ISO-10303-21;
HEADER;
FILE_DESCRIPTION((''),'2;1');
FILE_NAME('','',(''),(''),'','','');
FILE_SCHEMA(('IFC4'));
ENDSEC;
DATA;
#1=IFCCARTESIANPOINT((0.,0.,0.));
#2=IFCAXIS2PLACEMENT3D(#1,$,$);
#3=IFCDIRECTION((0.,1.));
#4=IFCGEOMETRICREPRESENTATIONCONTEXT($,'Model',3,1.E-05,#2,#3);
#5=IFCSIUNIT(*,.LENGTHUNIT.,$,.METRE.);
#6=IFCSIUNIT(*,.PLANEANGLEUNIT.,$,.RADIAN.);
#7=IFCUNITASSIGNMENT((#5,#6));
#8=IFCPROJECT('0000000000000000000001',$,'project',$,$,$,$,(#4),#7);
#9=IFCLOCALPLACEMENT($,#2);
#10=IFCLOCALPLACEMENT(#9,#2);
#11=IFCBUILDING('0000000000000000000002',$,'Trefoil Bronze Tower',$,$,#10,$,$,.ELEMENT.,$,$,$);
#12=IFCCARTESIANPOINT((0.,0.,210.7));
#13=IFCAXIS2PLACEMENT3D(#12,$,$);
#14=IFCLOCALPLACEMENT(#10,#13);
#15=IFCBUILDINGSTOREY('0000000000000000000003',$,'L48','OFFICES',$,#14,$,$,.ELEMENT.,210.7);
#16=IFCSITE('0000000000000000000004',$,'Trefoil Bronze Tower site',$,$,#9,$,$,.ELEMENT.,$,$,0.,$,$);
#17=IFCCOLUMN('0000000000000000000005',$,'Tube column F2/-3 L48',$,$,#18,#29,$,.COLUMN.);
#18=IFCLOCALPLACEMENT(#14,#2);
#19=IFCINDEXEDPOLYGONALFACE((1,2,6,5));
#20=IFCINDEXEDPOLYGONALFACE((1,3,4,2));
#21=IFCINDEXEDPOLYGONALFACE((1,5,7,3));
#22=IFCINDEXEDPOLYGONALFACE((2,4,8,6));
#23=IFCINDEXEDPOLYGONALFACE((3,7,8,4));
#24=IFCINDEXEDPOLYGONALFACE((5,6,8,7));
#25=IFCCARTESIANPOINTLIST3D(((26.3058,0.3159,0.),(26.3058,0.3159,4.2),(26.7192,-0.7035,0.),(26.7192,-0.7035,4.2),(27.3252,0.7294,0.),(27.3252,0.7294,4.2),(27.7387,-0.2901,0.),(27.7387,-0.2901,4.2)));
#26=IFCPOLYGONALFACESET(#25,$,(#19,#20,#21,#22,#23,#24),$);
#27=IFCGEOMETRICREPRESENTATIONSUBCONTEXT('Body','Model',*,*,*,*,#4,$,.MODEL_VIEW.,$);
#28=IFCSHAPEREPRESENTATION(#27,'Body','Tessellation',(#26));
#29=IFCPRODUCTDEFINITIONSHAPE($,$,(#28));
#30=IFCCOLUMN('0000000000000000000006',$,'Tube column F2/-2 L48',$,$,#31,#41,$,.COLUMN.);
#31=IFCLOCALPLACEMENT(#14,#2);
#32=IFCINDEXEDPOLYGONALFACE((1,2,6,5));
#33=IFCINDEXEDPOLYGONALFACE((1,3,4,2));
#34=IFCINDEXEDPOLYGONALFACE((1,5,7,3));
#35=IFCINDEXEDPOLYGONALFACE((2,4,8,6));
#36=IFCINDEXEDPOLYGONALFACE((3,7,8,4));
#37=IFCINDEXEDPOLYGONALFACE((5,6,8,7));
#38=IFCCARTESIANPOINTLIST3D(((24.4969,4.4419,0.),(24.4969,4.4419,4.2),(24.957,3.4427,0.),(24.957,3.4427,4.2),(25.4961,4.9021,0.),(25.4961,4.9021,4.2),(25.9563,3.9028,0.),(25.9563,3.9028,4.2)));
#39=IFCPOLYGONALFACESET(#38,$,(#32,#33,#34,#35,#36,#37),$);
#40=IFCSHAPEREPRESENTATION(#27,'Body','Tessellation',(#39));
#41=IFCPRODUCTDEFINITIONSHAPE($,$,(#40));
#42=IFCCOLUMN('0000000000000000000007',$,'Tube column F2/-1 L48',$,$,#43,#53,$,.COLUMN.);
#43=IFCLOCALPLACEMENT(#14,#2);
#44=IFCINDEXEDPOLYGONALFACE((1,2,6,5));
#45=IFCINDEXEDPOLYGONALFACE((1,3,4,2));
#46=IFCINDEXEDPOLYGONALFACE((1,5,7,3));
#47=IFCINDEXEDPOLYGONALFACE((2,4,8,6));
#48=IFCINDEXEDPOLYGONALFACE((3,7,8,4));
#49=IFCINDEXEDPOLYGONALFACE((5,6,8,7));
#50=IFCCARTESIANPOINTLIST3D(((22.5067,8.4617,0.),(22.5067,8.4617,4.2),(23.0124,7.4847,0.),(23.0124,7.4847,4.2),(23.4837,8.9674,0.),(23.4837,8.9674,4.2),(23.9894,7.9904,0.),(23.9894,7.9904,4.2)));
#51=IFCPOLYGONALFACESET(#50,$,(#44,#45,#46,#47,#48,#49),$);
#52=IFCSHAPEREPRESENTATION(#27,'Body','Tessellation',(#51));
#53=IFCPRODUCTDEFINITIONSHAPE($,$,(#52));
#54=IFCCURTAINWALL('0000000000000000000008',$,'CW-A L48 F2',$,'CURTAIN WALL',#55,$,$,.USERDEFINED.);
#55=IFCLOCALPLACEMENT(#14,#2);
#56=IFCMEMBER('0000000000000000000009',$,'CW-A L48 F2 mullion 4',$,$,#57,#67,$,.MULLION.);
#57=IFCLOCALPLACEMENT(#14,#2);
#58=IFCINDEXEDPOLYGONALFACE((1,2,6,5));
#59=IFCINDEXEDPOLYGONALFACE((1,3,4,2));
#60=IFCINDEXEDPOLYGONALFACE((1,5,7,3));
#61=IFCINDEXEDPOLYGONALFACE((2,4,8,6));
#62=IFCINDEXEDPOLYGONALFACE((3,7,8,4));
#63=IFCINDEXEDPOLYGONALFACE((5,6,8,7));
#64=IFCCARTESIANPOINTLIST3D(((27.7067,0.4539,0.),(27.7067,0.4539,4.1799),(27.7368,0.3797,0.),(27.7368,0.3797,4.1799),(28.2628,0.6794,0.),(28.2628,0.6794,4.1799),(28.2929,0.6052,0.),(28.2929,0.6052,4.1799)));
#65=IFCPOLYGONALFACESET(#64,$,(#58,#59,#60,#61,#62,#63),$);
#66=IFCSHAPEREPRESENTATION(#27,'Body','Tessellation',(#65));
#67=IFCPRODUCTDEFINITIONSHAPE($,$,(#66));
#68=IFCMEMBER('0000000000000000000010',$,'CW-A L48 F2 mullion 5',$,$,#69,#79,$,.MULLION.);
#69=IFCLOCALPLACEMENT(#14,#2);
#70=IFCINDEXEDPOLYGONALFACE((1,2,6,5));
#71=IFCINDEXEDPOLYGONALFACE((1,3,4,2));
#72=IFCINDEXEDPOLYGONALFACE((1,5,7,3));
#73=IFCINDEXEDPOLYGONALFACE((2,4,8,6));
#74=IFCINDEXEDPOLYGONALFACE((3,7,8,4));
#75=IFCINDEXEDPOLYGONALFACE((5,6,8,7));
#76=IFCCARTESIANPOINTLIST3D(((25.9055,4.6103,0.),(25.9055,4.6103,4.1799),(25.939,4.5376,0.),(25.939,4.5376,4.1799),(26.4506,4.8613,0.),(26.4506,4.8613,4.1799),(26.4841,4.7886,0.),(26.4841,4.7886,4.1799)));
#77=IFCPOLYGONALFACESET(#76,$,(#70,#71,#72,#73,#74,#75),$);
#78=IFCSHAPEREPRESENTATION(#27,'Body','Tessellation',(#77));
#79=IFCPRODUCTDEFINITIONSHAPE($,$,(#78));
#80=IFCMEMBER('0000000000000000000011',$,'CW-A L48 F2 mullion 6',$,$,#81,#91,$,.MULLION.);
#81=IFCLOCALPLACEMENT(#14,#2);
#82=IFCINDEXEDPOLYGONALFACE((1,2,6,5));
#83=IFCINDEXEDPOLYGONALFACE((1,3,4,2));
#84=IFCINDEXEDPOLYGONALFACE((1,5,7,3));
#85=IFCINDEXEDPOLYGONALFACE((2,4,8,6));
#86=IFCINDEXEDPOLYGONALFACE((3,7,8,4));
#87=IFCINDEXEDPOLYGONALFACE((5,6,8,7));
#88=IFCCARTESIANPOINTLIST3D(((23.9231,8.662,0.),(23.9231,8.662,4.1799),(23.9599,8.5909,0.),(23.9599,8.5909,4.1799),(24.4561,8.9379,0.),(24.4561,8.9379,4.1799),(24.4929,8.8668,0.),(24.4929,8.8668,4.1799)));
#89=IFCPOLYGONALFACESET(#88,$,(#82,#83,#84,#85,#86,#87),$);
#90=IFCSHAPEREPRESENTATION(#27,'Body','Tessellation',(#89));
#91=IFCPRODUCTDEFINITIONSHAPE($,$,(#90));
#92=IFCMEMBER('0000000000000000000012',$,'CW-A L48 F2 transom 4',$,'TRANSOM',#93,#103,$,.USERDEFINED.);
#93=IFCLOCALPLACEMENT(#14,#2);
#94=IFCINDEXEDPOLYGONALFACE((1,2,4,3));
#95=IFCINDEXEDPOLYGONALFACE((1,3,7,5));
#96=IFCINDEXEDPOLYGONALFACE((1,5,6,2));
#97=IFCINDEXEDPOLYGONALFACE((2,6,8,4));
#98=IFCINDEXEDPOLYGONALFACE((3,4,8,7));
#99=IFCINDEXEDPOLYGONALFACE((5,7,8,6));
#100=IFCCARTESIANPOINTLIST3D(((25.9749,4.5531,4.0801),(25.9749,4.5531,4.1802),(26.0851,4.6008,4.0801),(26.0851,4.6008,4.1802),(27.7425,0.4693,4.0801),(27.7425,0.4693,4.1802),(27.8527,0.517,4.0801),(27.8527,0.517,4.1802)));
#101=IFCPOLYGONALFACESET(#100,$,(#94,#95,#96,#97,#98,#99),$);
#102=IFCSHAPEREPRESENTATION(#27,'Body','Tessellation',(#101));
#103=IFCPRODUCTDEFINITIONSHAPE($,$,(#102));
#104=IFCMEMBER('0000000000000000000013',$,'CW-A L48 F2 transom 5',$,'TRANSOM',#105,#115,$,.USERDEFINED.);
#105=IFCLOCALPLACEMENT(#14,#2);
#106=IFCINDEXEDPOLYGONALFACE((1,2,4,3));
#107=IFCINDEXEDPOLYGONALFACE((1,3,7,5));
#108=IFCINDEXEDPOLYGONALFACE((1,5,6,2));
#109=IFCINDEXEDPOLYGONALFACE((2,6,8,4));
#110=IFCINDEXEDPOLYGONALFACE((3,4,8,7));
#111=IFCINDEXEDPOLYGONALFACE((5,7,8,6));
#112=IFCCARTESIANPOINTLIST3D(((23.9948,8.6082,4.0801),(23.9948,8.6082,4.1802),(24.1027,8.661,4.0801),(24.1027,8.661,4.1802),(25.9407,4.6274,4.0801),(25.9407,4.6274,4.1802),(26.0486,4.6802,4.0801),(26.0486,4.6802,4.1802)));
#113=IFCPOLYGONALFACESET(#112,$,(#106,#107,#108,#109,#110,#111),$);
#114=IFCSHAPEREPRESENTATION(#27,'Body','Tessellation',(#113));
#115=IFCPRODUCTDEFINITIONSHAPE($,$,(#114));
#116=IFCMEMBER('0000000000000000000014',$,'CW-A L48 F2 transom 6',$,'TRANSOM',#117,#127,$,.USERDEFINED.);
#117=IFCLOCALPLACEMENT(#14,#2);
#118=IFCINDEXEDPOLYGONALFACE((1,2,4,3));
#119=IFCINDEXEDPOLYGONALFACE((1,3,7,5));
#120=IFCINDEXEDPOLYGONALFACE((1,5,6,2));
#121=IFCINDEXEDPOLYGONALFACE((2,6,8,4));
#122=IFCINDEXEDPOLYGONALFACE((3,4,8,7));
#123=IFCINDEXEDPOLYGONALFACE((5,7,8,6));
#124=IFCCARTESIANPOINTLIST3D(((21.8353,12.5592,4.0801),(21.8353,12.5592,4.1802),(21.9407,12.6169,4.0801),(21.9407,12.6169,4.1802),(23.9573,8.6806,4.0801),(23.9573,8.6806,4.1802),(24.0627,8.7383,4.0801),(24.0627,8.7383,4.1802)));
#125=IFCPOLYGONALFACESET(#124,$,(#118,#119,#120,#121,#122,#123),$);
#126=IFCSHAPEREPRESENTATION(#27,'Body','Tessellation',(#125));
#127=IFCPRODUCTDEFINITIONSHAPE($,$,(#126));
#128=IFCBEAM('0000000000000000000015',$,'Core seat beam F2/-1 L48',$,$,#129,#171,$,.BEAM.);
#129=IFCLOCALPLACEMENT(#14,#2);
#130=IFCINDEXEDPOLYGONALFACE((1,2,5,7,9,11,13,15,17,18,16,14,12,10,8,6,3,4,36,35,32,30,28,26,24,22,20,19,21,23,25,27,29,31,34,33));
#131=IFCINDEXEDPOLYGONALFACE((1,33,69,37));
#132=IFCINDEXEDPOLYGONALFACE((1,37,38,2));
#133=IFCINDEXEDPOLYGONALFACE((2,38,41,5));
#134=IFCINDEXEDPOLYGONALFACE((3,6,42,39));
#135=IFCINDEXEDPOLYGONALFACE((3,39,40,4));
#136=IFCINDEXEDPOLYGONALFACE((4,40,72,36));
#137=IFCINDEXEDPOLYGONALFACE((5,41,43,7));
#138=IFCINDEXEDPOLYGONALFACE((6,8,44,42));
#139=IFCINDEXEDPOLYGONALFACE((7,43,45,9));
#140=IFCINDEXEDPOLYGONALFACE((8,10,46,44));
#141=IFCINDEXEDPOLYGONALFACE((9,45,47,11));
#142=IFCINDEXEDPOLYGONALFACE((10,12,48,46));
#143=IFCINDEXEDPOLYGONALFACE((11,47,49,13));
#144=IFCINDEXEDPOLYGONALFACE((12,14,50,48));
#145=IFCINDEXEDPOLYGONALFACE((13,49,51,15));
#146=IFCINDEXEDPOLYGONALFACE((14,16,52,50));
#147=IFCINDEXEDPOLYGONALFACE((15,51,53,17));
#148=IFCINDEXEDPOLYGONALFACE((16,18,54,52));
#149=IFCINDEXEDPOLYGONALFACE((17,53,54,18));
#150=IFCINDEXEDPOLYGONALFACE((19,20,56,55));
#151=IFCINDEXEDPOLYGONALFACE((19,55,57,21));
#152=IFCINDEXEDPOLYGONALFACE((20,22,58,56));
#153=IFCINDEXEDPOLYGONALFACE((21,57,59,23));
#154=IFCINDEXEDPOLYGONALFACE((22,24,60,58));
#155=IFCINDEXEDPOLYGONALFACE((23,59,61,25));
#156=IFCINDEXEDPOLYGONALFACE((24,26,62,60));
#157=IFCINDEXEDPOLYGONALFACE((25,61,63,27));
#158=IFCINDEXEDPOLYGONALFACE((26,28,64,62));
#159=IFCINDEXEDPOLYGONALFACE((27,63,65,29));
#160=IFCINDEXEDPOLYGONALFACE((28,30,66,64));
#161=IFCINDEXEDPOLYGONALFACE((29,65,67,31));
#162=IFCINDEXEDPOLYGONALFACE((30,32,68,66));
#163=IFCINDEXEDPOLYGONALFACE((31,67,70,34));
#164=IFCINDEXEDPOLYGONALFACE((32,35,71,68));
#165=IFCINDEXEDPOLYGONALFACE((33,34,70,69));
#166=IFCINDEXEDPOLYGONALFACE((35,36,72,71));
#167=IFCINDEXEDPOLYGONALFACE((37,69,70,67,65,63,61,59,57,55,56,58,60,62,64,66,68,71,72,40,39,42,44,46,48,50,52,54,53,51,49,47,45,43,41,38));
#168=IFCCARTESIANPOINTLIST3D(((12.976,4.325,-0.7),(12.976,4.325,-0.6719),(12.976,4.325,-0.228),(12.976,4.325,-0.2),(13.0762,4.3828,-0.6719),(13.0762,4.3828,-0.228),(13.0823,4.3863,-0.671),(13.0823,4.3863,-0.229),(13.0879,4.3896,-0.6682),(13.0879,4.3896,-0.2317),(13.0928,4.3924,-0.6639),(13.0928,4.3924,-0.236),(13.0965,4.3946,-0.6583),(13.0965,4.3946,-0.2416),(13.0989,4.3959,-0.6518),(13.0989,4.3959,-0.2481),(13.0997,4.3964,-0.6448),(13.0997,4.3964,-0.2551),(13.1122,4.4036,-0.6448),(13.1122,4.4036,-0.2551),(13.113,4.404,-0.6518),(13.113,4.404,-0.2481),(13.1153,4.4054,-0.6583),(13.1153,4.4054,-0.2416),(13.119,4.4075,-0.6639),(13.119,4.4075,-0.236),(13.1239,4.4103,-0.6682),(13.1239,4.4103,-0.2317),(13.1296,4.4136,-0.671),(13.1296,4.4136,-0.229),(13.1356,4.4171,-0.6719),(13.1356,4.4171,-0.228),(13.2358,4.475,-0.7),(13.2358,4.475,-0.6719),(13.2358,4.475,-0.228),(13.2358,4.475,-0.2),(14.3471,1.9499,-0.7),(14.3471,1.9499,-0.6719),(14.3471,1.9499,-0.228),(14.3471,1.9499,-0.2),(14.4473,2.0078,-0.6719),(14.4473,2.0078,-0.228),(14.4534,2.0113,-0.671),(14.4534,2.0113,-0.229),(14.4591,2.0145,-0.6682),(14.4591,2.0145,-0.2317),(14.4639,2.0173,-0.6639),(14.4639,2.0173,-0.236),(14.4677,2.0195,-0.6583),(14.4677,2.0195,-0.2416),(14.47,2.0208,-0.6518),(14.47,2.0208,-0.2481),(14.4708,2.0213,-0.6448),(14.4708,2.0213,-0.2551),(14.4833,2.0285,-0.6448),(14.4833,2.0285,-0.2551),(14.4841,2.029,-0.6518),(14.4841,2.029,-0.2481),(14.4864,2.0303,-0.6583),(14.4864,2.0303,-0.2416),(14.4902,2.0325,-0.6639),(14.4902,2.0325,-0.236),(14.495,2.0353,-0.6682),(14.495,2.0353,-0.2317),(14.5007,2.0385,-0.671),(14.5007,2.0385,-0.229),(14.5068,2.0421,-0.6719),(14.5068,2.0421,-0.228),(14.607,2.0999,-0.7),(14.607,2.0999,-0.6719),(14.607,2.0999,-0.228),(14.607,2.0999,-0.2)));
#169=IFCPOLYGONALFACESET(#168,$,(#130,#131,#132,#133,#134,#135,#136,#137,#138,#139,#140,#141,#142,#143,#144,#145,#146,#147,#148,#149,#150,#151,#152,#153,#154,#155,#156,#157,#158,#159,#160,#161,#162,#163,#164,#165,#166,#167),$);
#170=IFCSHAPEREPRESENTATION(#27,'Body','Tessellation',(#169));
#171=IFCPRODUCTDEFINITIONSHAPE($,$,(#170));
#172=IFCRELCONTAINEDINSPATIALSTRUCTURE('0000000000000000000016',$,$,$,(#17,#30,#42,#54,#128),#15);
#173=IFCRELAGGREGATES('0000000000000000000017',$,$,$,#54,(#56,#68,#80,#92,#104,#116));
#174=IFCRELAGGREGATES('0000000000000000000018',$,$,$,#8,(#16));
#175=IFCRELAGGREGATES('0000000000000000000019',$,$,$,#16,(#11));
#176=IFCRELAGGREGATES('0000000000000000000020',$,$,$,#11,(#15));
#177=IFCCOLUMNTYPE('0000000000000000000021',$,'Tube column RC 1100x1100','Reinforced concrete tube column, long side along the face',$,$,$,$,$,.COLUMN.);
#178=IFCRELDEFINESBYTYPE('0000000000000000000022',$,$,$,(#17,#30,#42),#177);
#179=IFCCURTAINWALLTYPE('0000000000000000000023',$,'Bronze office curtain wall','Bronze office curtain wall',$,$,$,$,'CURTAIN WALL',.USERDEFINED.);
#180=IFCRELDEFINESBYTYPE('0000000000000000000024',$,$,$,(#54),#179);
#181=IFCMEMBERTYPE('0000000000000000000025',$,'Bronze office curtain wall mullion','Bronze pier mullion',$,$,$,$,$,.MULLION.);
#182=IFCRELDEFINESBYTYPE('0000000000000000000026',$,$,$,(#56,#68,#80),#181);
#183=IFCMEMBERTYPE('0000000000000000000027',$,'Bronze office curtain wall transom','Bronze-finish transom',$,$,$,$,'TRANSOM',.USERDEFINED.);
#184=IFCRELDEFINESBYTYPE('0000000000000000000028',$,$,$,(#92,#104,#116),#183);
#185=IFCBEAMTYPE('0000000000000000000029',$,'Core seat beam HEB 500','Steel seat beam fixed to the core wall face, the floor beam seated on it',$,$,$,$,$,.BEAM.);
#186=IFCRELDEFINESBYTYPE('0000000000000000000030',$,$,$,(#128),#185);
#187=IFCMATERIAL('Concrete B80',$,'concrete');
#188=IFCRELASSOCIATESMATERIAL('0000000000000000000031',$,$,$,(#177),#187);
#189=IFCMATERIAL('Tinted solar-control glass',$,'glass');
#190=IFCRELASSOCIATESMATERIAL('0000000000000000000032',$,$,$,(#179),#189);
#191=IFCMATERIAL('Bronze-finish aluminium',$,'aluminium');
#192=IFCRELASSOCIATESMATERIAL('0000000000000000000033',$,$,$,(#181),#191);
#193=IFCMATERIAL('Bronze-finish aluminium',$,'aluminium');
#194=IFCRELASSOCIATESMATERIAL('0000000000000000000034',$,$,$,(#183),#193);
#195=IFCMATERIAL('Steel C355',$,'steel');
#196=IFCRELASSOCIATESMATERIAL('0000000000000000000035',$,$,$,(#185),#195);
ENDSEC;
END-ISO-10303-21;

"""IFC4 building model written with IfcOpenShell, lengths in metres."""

from ifc_helpers import new_model, si_unit, direction, frame, origin, origin_2d, place, context, subcontext, project, spatial, rectangle, i_section, extrude, material, material_profile, profile_set, type_object, element, aggregate, save


model = new_model("IFC4")

# Units and contexts
model_context = context("Model", 3, precision=1e-05, world=origin(), true_north=direction((0.0, 1.0)))
body_context = subcontext(model_context, "Body", "Model", "MODEL_VIEW")
ifc_project = project(units=[si_unit("LENGTHUNIT", "METRE"), si_unit("PLANEANGLEUNIT", "RADIAN")], contexts=[model_context])

# Site, building, storey
site_placement = place(None, origin())
site = spatial("IfcSite", under=ifc_project, at=site_placement, Name="Trefoil Bronze Tower site", CompositionType="ELEMENT", RefElevation=0.0)
building_placement = place(site_placement, origin())
building = spatial("IfcBuilding", under=site, at=building_placement, Name="Trefoil Bronze Tower", CompositionType="ELEMENT")
storey_placement = place(building_placement, frame((0.0, 0.0, 210.7)))
storey = spatial("IfcBuildingStorey", under=building, at=storey_placement, Name="L48", Description="OFFICES", CompositionType="ELEMENT", Elevation=210.7)

# Columns
ifc_material_1 = material(Name="Concrete B80", Category="concrete")
ifc_material_profile_1 = material_profile(ifc_material_1, rectangle(XDim=1.1001, YDim=1.1001, at=origin_2d()), Name="RC 1100x1100")
ifc_profile_set_1 = profile_set([ifc_material_profile_1], Name="Concrete B80")
column_type = type_object("IfcColumnType", Name="Tube column RC 1100x1100", Description="Reinforced concrete tube column, long side along the face", PredefinedType="COLUMN", material=ifc_profile_set_1)
for number, where, z_axis, x_axis, name in (
    (1, (27.0222, 0.0129, 0.0), (0.0, 0.0, 1.0), (-0.375828, 0.926689, 0.0), "Tube column F2/-3 L48"),
    (2, (25.2266, 4.1724, 0.0), (0.0, 0.0, 1.0), (-0.418286, 0.908315, 0.0), "Tube column F2/-2 L48"),
    (3, (23.248, 8.2261, 0.0), (0.0, 0.0, 1.0), (-0.459673, 0.888088, 0.0), "Tube column F2/-1 L48"),
):
    element("IfcColumn", number, at=place(storey_placement, frame(where, z_axis=z_axis, x_axis=x_axis)), inside=storey, type_object=column_type, Name=name, PredefinedType="COLUMN", context=body_context, shape_type="SweptSolid", body=[
        extrude(rectangle(XDim=1.1001, YDim=1.1001, at=origin_2d()), origin(), (0.0, 0.0, 1.0), 4.2),
    ])

# Curtain wall, members
ifc_material_2 = material(Name="Tinted solar-control glass", Category="glass")
curtain_wall_type = type_object("IfcCurtainWallType", Name="Bronze office curtain wall", Description="Bronze office curtain wall", ElementType="CURTAIN WALL", PredefinedType="USERDEFINED", material=ifc_material_2)
curtain_wall_placement = place(storey_placement, origin())
curtain_wall = element("IfcCurtainWall", 4, at=curtain_wall_placement, inside=storey, type_object=curtain_wall_type, Name="CW-A L48 F2", ObjectType="CURTAIN WALL", PredefinedType="USERDEFINED")
ifc_material_3 = material(Name="Bronze-finish aluminium", Category="aluminium")
ifc_material_profile_2 = material_profile(ifc_material_3, rectangle(XDim=0.6001, YDim=0.0801, at=origin_2d()), Name="CW-A mullion")
ifc_profile_set_2 = profile_set([ifc_material_profile_2], Name="Bronze-finish aluminium")
member_type_1 = type_object("IfcMemberType", Name="Bronze office curtain wall mullion", Description="Bronze pier mullion", PredefinedType="MULLION", material=ifc_profile_set_2)
member_1_placement = place(storey_placement, frame((27.9998, 0.5295, 0.0), z_axis=(0.0, 0.0, 1.0), x_axis=(-0.926689, -0.375828, 0.0)))
member_1 = element("IfcMember", 5, at=member_1_placement, type_object=member_type_1, Name="CW-A L48 F2 mullion 4", PredefinedType="MULLION", context=body_context, shape_type="SweptSolid", body=[
    extrude(rectangle(XDim=0.6001, YDim=0.0801, at=origin_2d()), origin(), (0.0, 0.0, 1.0), 4.1799),
])
member_2_placement = place(storey_placement, frame((26.1948, 4.6995, 0.0), z_axis=(0.0, 0.0, 1.0), x_axis=(-0.908315, -0.418286, 0.0)))
member_2 = element("IfcMember", 6, at=member_2_placement, type_object=member_type_1, Name="CW-A L48 F2 mullion 5", PredefinedType="MULLION", context=body_context, shape_type="SweptSolid", body=[
    extrude(rectangle(XDim=0.6001, YDim=0.0801, at=origin_2d()), origin(), (0.0, 0.0, 1.0), 4.1799),
])
member_3_placement = place(storey_placement, frame((24.208, 8.7644, 0.0), z_axis=(0.0, 0.0, 1.0), x_axis=(-0.888088, -0.459673, 0.0)))
member_3 = element("IfcMember", 7, at=member_3_placement, type_object=member_type_1, Name="CW-A L48 F2 mullion 6", PredefinedType="MULLION", context=body_context, shape_type="SweptSolid", body=[
    extrude(rectangle(XDim=0.6001, YDim=0.0801, at=origin_2d()), origin(), (0.0, 0.0, 1.0), 4.1799),
])
ifc_material_4 = material(Name="Bronze-finish aluminium", Category="aluminium")
ifc_material_profile_3 = material_profile(ifc_material_4, rectangle(XDim=0.1201, YDim=0.1001, at=origin_2d()), Name="CW-A transom")
ifc_profile_set_3 = profile_set([ifc_material_profile_3], Name="Bronze-finish aluminium")
member_type_2 = type_object("IfcMemberType", Name="Bronze office curtain wall transom", Description="Bronze-finish transom", ElementType="TRANSOM", PredefinedType="USERDEFINED", material=ifc_profile_set_3)
member_4_placement = place(storey_placement, frame((27.7976, 0.4932, 4.1301), z_axis=(-0.397221, 0.917723, 0.0), x_axis=(-0.917723, -0.397221, 0.0)))
member_4 = element("IfcMember", 8, at=member_4_placement, type_object=member_type_2, Name="CW-A L48 F2 transom 4", ObjectType="TRANSOM", PredefinedType="USERDEFINED", context=body_context, shape_type="SweptSolid", body=[
    extrude(rectangle(XDim=0.1201, YDim=0.1001, at=origin_2d()), origin(), (0.0, 0.0, 1.0), 4.45),
])
member_5_placement = place(storey_placement, frame((25.9946, 4.6538, 4.1301), z_axis=(-0.439151, 0.898413, 0.0), x_axis=(-0.898413, -0.439151, 0.0)))
member_5 = element("IfcMember", 9, at=member_5_placement, type_object=member_type_2, Name="CW-A L48 F2 transom 5", ObjectType="TRANSOM", PredefinedType="USERDEFINED", context=body_context, shape_type="SweptSolid", body=[
    extrude(rectangle(XDim=0.1201, YDim=0.1001, at=origin_2d()), origin(), (0.0, 0.0, 1.0), 4.4309),
])
member_6_placement = place(storey_placement, frame((24.01, 8.7095, 4.1301), z_axis=(-0.479974, 0.877283, 0.0), x_axis=(-0.877283, -0.479974, 0.0)))
member_6 = element("IfcMember", 10, at=member_6_placement, type_object=member_type_2, Name="CW-A L48 F2 transom 6", ObjectType="TRANSOM", PredefinedType="USERDEFINED", context=body_context, shape_type="SweptSolid", body=[
    extrude(rectangle(XDim=0.1201, YDim=0.1001, at=origin_2d()), origin(), (0.0, 0.0, 1.0), 4.4211),
])

# Beam
ifc_material_5 = material(Name="Steel C355", Category="steel")
ifc_material_profile_4 = material_profile(ifc_material_5, i_section(OverallWidth=0.3, OverallDepth=0.5, WebThickness=0.0144, FlangeThickness=0.0281, FilletRadius=0.0271, at=origin_2d()), Name="HEB 500")
ifc_profile_set_4 = profile_set([ifc_material_profile_4], Name="Steel C355")
beam_type_1 = type_object("IfcBeamType", Name="Core seat beam HEB 500", Description="Steel seat beam fixed to the core wall face, the floor beam seated on it", PredefinedType="BEAM", material=ifc_profile_set_4)
beam_1_placement = place(storey_placement, frame((14.4771, 2.0249, -0.45), z_axis=(-0.499969, 0.866043, 0.0), x_axis=(-0.866043, -0.499969, 0.0)))
element("IfcBeam", 11, at=beam_1_placement, inside=storey, type_object=beam_type_1, Name="Core seat beam F2/-1 L48", PredefinedType="BEAM", context=body_context, shape_type="SweptSolid", body=[
    extrude(i_section(OverallWidth=0.3, OverallDepth=0.5, WebThickness=0.0144, FlangeThickness=0.0281, FilletRadius=0.0271, at=origin_2d()), origin(), (0.0, 0.0, 1.0), 2.7424),
])

aggregate(curtain_wall, [member_1, member_2, member_3, member_4, member_5, member_6])

save(model, "model.ifc")
